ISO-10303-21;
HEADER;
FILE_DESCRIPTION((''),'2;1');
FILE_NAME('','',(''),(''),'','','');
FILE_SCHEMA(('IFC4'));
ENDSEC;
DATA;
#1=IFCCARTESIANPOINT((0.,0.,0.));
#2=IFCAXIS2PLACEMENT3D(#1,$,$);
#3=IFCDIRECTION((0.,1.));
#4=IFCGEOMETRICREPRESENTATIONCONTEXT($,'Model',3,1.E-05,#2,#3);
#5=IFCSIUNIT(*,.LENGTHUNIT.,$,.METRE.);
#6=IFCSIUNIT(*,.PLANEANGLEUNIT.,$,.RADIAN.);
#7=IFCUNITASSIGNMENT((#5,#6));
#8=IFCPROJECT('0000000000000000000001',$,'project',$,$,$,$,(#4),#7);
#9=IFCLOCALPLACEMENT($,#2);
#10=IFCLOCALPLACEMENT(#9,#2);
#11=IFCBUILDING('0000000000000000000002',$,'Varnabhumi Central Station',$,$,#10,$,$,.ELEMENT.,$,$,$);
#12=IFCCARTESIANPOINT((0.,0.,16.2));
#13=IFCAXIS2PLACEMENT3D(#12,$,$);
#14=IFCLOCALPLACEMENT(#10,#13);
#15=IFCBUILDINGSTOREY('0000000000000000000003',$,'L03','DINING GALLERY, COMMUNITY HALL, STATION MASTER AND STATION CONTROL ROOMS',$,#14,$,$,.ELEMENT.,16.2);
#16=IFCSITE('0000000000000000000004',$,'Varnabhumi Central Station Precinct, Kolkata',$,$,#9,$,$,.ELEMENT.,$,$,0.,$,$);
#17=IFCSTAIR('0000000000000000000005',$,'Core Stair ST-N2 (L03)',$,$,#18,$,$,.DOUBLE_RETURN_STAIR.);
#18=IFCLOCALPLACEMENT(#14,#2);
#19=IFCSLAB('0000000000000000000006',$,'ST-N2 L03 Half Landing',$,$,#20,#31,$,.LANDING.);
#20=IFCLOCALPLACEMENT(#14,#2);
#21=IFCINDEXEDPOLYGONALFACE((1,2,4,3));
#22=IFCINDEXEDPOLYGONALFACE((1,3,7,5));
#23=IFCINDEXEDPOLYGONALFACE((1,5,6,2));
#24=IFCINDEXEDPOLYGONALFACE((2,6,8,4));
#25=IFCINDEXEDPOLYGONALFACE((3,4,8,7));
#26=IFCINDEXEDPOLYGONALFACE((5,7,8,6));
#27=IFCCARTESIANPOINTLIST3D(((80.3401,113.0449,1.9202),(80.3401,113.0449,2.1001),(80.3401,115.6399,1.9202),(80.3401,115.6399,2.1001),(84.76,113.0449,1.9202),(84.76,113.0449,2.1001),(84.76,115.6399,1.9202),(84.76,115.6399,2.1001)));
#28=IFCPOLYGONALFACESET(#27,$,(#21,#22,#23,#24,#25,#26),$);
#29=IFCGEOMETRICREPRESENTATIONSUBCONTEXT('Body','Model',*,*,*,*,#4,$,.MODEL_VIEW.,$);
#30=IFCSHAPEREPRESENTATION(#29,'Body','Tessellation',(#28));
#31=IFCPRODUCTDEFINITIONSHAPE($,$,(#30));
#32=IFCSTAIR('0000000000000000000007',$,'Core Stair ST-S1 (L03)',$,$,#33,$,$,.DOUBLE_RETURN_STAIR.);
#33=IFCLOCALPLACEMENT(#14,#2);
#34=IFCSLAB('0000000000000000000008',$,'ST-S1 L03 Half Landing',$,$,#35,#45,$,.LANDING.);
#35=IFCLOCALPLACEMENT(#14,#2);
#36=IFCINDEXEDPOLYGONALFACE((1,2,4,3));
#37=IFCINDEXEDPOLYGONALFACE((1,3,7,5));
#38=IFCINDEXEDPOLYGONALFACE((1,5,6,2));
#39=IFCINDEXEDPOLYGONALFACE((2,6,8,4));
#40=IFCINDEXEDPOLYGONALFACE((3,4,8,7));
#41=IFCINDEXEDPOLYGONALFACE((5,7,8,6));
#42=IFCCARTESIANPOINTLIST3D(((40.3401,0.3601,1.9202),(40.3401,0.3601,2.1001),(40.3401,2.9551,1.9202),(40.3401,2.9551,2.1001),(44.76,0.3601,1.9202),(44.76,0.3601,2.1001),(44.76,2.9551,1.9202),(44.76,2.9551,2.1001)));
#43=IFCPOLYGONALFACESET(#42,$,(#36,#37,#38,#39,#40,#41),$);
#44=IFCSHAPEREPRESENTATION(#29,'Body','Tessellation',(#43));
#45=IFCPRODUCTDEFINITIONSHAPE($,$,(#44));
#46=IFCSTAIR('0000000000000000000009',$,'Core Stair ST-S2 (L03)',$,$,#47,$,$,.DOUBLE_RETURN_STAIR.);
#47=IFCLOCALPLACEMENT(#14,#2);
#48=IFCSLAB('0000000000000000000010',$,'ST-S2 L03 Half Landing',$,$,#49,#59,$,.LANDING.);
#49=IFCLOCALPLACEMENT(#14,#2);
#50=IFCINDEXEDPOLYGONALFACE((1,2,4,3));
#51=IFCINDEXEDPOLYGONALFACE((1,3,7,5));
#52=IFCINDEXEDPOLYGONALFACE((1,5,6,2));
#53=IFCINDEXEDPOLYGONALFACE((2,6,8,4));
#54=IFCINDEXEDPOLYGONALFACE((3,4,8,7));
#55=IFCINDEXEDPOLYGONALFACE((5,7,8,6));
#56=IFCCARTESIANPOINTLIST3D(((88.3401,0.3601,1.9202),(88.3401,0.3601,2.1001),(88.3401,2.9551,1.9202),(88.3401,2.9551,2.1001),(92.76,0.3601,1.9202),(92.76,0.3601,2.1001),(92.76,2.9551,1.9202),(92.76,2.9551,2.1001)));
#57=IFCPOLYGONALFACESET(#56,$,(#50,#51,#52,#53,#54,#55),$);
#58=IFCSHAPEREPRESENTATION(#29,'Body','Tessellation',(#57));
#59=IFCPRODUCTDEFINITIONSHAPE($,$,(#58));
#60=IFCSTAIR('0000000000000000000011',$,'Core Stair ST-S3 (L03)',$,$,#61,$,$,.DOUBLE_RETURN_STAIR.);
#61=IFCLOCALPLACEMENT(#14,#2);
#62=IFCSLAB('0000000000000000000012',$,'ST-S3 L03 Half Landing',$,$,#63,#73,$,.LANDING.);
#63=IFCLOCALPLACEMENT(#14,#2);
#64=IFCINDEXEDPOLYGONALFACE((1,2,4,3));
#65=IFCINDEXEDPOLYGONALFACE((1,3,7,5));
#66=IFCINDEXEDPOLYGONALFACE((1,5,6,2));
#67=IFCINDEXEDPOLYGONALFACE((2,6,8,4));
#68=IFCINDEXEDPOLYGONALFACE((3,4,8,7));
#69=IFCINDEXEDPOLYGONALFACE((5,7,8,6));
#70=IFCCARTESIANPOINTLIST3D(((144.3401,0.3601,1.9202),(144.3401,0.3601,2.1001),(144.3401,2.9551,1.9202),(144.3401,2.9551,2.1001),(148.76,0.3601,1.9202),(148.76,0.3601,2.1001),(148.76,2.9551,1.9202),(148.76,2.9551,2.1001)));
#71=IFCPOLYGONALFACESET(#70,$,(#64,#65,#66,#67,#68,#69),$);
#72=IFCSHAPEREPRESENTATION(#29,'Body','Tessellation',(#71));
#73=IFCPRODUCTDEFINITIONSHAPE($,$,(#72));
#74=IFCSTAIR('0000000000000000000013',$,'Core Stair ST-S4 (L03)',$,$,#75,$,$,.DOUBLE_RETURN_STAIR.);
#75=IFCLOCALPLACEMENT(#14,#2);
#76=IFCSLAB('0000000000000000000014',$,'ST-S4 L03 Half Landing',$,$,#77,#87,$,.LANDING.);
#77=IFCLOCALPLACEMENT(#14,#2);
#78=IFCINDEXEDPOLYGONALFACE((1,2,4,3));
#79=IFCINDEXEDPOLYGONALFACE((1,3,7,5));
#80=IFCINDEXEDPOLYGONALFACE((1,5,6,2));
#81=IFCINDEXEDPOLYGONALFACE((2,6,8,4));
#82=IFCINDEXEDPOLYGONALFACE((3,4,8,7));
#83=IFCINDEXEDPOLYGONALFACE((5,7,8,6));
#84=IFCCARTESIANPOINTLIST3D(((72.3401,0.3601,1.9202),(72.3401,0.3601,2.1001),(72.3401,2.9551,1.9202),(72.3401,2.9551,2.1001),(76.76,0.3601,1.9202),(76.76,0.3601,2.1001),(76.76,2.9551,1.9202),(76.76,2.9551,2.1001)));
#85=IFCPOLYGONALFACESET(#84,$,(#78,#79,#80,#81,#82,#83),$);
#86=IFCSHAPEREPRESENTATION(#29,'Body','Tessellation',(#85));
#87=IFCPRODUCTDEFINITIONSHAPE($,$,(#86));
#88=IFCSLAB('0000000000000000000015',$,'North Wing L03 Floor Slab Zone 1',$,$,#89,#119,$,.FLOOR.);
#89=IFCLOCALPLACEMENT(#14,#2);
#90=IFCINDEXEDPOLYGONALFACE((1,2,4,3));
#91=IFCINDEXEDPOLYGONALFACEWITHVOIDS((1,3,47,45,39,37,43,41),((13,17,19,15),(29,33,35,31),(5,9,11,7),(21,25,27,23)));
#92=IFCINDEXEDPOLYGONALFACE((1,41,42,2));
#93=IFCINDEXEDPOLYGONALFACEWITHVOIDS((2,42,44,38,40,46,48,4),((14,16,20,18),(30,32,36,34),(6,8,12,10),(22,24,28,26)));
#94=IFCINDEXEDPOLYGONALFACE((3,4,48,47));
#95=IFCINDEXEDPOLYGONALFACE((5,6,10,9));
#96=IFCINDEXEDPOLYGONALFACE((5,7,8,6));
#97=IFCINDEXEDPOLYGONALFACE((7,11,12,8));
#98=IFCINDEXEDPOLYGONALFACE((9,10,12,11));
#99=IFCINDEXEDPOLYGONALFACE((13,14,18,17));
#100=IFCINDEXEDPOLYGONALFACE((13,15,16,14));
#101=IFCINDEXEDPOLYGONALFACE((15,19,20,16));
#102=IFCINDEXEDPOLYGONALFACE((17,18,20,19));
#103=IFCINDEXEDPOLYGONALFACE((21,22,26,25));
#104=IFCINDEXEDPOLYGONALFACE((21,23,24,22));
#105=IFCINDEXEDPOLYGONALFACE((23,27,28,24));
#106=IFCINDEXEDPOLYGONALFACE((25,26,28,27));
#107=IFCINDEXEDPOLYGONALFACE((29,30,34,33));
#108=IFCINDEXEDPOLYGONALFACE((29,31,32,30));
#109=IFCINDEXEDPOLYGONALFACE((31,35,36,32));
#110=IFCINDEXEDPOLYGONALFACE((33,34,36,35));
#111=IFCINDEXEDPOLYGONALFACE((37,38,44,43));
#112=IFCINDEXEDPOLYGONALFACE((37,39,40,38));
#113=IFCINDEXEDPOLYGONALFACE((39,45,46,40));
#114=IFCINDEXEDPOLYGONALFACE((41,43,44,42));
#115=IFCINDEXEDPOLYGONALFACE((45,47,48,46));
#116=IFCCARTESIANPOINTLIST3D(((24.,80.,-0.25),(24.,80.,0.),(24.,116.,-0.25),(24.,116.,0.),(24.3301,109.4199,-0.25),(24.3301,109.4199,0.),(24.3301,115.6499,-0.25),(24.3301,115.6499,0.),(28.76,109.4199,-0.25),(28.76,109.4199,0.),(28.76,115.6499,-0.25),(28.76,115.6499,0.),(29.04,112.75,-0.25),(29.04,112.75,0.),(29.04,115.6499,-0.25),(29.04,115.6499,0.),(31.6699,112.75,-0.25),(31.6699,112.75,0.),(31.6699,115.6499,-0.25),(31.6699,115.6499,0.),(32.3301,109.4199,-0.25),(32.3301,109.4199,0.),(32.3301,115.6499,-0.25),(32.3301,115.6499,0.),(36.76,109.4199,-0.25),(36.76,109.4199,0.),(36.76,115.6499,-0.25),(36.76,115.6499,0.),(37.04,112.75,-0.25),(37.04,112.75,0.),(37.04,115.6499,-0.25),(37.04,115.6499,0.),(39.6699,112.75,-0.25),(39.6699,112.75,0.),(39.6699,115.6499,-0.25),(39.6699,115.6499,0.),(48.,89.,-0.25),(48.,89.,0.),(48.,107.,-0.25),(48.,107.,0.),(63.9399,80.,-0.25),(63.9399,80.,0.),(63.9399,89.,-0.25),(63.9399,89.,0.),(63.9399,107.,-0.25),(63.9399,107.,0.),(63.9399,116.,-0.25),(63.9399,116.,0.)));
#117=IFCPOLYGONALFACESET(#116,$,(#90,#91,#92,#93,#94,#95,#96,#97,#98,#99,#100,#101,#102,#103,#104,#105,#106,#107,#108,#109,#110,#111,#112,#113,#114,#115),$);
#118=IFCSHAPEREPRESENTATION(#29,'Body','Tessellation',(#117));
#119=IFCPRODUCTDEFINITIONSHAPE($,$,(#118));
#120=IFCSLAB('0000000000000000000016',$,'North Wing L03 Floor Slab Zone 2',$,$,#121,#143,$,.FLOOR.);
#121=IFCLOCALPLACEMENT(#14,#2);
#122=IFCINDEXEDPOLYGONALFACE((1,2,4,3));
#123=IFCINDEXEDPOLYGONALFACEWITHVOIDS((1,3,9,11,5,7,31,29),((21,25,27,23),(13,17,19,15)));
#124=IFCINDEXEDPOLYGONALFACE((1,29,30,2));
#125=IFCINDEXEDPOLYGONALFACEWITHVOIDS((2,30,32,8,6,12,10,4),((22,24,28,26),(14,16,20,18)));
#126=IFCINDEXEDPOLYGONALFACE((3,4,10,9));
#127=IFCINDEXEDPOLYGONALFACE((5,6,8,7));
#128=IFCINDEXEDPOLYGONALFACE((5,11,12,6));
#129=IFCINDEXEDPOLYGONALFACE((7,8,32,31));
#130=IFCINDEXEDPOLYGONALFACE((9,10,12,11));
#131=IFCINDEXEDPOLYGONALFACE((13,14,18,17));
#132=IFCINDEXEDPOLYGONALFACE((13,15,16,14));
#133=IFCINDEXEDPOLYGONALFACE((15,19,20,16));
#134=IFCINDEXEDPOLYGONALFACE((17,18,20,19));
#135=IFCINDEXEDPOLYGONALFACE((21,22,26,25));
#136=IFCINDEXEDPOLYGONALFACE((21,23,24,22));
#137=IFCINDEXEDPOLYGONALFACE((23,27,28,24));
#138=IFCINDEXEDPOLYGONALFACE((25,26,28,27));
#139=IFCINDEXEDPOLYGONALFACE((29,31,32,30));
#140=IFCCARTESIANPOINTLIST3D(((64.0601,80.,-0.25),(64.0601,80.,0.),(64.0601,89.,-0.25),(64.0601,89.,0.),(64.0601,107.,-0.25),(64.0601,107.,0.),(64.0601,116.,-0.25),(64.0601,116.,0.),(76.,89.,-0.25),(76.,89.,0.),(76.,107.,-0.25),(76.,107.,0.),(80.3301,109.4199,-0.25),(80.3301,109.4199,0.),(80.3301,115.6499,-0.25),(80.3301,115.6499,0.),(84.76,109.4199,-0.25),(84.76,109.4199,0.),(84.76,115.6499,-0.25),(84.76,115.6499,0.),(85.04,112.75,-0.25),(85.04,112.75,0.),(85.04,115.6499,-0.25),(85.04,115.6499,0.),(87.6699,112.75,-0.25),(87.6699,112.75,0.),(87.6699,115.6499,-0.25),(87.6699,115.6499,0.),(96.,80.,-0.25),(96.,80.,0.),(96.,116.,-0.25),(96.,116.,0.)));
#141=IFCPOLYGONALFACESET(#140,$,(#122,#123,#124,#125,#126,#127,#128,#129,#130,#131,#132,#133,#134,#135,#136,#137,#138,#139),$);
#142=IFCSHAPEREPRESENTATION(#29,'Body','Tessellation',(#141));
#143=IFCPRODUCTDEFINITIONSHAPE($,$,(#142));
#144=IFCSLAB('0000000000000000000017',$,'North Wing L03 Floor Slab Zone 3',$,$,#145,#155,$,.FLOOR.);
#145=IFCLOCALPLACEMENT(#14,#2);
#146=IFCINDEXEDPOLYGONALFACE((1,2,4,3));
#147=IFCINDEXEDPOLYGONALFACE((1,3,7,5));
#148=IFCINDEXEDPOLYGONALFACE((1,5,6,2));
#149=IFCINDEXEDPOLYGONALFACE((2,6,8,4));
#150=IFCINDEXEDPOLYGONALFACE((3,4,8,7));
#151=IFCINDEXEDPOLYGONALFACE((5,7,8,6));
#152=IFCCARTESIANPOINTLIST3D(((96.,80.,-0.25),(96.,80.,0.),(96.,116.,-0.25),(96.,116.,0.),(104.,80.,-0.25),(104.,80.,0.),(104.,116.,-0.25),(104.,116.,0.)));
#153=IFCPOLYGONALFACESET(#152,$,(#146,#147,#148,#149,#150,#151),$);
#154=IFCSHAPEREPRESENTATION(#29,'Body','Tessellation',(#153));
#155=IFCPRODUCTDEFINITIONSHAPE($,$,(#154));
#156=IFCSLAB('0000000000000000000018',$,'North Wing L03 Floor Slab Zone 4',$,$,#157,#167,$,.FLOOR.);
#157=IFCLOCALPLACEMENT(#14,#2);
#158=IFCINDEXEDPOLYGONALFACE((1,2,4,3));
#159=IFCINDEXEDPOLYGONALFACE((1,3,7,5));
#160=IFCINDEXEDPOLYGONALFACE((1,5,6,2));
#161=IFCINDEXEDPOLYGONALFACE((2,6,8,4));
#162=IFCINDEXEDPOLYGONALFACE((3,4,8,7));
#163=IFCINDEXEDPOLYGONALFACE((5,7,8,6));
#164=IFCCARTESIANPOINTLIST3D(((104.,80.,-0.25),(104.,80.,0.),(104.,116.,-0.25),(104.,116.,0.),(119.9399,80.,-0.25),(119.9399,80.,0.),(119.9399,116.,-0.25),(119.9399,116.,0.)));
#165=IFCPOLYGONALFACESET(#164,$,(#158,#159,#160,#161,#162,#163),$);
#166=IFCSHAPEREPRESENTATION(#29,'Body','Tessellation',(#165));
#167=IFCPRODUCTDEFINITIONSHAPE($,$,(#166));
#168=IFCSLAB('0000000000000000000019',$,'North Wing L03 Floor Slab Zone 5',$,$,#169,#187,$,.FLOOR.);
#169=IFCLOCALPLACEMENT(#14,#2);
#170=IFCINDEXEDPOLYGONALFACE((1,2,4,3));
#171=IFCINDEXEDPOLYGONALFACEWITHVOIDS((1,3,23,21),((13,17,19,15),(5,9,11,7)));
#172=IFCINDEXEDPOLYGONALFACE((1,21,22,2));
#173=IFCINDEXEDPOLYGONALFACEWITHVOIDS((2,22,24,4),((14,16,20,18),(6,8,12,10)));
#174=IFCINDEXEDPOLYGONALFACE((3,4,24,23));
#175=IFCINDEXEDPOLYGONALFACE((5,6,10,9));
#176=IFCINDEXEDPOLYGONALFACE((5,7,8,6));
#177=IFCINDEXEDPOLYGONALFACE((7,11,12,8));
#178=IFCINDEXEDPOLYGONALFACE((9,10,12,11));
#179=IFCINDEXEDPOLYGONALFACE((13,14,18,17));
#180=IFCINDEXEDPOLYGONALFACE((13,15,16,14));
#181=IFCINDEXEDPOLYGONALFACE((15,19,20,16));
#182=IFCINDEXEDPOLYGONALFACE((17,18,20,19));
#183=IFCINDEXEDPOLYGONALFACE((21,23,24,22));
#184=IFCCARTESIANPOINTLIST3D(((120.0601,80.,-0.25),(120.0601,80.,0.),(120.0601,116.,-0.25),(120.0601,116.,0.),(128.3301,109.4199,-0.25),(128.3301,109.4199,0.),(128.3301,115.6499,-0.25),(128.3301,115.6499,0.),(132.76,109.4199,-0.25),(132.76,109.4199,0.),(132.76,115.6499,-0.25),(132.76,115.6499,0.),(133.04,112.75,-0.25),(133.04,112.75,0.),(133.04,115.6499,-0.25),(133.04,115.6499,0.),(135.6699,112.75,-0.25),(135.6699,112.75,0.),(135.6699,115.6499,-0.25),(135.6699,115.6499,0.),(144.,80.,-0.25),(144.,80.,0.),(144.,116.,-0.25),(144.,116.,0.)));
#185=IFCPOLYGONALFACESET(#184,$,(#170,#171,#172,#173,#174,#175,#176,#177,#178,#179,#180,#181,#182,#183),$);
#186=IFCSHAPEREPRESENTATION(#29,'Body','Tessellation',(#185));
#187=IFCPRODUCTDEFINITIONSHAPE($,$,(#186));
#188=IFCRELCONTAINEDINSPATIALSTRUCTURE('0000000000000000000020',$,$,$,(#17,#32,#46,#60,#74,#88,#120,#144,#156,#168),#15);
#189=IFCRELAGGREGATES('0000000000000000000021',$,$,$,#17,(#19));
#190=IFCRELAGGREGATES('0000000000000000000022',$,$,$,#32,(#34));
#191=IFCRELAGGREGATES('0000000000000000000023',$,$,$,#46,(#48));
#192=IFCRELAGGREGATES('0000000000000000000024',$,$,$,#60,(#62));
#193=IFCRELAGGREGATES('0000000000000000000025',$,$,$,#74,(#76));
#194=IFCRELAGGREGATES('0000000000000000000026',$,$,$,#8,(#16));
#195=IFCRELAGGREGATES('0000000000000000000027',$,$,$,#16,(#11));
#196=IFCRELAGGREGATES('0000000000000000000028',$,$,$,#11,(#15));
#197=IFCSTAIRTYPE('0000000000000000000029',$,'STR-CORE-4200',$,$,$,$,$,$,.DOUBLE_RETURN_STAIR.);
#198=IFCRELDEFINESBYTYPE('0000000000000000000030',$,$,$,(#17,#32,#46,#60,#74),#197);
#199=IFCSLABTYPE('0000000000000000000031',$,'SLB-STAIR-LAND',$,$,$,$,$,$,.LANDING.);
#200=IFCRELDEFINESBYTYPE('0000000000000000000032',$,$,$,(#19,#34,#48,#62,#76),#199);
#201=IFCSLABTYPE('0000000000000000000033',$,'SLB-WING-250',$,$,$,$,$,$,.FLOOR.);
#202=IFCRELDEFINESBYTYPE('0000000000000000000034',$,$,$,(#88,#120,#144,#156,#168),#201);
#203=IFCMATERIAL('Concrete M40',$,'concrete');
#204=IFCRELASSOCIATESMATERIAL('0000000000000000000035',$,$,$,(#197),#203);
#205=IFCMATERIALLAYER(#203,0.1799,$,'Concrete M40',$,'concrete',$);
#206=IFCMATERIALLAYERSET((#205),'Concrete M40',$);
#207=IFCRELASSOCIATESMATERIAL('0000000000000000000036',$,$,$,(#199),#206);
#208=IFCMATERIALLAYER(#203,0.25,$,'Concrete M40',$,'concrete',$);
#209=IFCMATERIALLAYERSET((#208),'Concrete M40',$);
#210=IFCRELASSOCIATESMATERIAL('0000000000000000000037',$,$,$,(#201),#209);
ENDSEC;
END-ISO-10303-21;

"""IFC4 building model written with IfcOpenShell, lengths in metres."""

from ifc_helpers import new_model, si_unit, direction, frame, origin, place, context, subcontext, project, spatial, polyline, outline, extrude, material, layer, layer_set, type_object, element, aggregate, save


model = new_model("IFC4")

# Units and contexts
model_context = context("Model", 3, precision=1e-05, world=origin(), true_north=direction((0.0, 1.0)))
body_context = subcontext(model_context, "Body", "Model", "MODEL_VIEW")
ifc_project = project(units=[si_unit("LENGTHUNIT", "METRE"), si_unit("PLANEANGLEUNIT", "RADIAN")], contexts=[model_context])

# Site, building, storey
site_placement = place(None, origin())
site = spatial("IfcSite", under=ifc_project, at=site_placement, Name="Varnabhumi Central Station Precinct, Kolkata", CompositionType="ELEMENT", RefElevation=0.0)
building_placement = place(site_placement, origin())
building = spatial("IfcBuilding", under=site, at=building_placement, Name="Varnabhumi Central Station", CompositionType="ELEMENT")
storey_placement = place(building_placement, frame((0.0, 0.0, 16.2)))
storey = spatial("IfcBuildingStorey", under=building, at=storey_placement, Name="L03", Description="DINING GALLERY, COMMUNITY HALL, STATION MASTER AND STATION CONTROL ROOMS", CompositionType="ELEMENT", Elevation=16.2)

# Stairs, slabs
ifc_material_1 = material(Name="Concrete M40", Category="concrete")
stair_type = type_object("IfcStairType", Name="STR-CORE-4200", PredefinedType="DOUBLE_RETURN_STAIR", material=ifc_material_1)
stair_1_placement = place(storey_placement, origin())
stair_1 = element("IfcStair", 1, at=stair_1_placement, inside=storey, type_object=stair_type, Name="Core Stair ST-N2 (L03)", PredefinedType="DOUBLE_RETURN_STAIR")
ifc_layer_1 = layer(ifc_material_1, 0.1799, Name="Concrete M40", Category="concrete")
ifc_layer_set_1 = layer_set([ifc_layer_1], Name="Concrete M40")
slab_type_1 = type_object("IfcSlabType", Name="SLB-STAIR-LAND", PredefinedType="LANDING", material=ifc_layer_set_1)
slab_1_placement = place(storey_placement, frame((0.0, 0.0, 1.9202)))
slab_1 = element("IfcSlab", 2, at=slab_1_placement, type_object=slab_type_1, Name="ST-N2 L03 Half Landing", PredefinedType="LANDING", context=body_context, shape_type="SweptSolid", body=[
    extrude(outline(polyline([(80.3401, 113.0449), (84.76, 113.0449), (84.76, 115.6399), (80.3401, 115.6399), (80.3401, 113.0449)])), origin(), (0.0, 0.0, 1.0), 0.1799),
])
aggregate(stair_1, [slab_1])
stair_2_placement = place(storey_placement, origin())
stair_2 = element("IfcStair", 3, at=stair_2_placement, inside=storey, type_object=stair_type, Name="Core Stair ST-S1 (L03)", PredefinedType="DOUBLE_RETURN_STAIR")
slab_2_placement = place(storey_placement, frame((0.0, 0.0, 1.9202)))
slab_2 = element("IfcSlab", 4, at=slab_2_placement, type_object=slab_type_1, Name="ST-S1 L03 Half Landing", PredefinedType="LANDING", context=body_context, shape_type="SweptSolid", body=[
    extrude(outline(polyline([(40.3401, 0.3601), (44.76, 0.3601), (44.76, 2.9551), (40.3401, 2.9551), (40.3401, 0.3601)])), origin(), (0.0, 0.0, 1.0), 0.1799),
])
aggregate(stair_2, [slab_2])
stair_3_placement = place(storey_placement, origin())
stair_3 = element("IfcStair", 5, at=stair_3_placement, inside=storey, type_object=stair_type, Name="Core Stair ST-S2 (L03)", PredefinedType="DOUBLE_RETURN_STAIR")
slab_3_placement = place(storey_placement, frame((0.0, 0.0, 1.9202)))
slab_3 = element("IfcSlab", 6, at=slab_3_placement, type_object=slab_type_1, Name="ST-S2 L03 Half Landing", PredefinedType="LANDING", context=body_context, shape_type="SweptSolid", body=[
    extrude(outline(polyline([(88.3401, 0.3601), (92.76, 0.3601), (92.76, 2.9551), (88.3401, 2.9551), (88.3401, 0.3601)])), origin(), (0.0, 0.0, 1.0), 0.1799),
])
aggregate(stair_3, [slab_3])
stair_4_placement = place(storey_placement, origin())
stair_4 = element("IfcStair", 7, at=stair_4_placement, inside=storey, type_object=stair_type, Name="Core Stair ST-S3 (L03)", PredefinedType="DOUBLE_RETURN_STAIR")
slab_4_placement = place(storey_placement, frame((0.0, 0.0, 1.9202)))
slab_4 = element("IfcSlab", 8, at=slab_4_placement, type_object=slab_type_1, Name="ST-S3 L03 Half Landing", PredefinedType="LANDING", context=body_context, shape_type="SweptSolid", body=[
    extrude(outline(polyline([(144.3401, 0.3601), (148.76, 0.3601), (148.76, 2.9551), (144.3401, 2.9551), (144.3401, 0.3601)])), origin(), (0.0, 0.0, 1.0), 0.1799),
])
aggregate(stair_4, [slab_4])
stair_5_placement = place(storey_placement, origin())
stair_5 = element("IfcStair", 9, at=stair_5_placement, inside=storey, type_object=stair_type, Name="Core Stair ST-S4 (L03)", PredefinedType="DOUBLE_RETURN_STAIR")
slab_5_placement = place(storey_placement, frame((0.0, 0.0, 1.9202)))
slab_5 = element("IfcSlab", 10, at=slab_5_placement, type_object=slab_type_1, Name="ST-S4 L03 Half Landing", PredefinedType="LANDING", context=body_context, shape_type="SweptSolid", body=[
    extrude(outline(polyline([(72.3401, 0.3601), (76.76, 0.3601), (76.76, 2.9551), (72.3401, 2.9551), (72.3401, 0.3601)])), origin(), (0.0, 0.0, 1.0), 0.1799),
])
aggregate(stair_5, [slab_5])

# Slabs
ifc_layer_2 = layer(ifc_material_1, 0.25, Name="Concrete M40", Category="concrete")
ifc_layer_set_2 = layer_set([ifc_layer_2], Name="Concrete M40")
slab_type_2 = type_object("IfcSlabType", Name="SLB-WING-250", PredefinedType="FLOOR", material=ifc_layer_set_2)
slab_6_placement = place(storey_placement, frame((0.0, 0.0, -0.25)))
element("IfcSlab", 11, at=slab_6_placement, inside=storey, type_object=slab_type_2, Name="North Wing L03 Floor Slab Zone 1", PredefinedType="FLOOR", context=body_context, shape_type="SweptSolid", body=[
    extrude(outline(polyline([(24.0, 80.0), (63.9399, 80.0), (63.9399, 89.0), (48.0, 89.0), (48.0, 107.0), (63.9399, 107.0), (63.9399, 116.0), (24.0, 116.0), (24.0, 80.0)]), holes=[polyline([(24.3301, 109.4199), (28.76, 109.4199), (28.76, 115.6499), (24.3301, 115.6499), (24.3301, 109.4199)]), polyline([(29.04, 112.75), (31.6699, 112.75), (31.6699, 115.6499), (29.04, 115.6499), (29.04, 112.75)]), polyline([(32.3301, 109.4199), (36.76, 109.4199), (36.76, 115.6499), (32.3301, 115.6499), (32.3301, 109.4199)]), polyline([(37.04, 112.75), (39.6699, 112.75), (39.6699, 115.6499), (37.04, 115.6499), (37.04, 112.75)])]), origin(), (0.0, 0.0, 1.0), 0.25),
])
slab_7_placement = place(storey_placement, frame((0.0, 0.0, -0.25)))
element("IfcSlab", 12, at=slab_7_placement, inside=storey, type_object=slab_type_2, Name="North Wing L03 Floor Slab Zone 2", PredefinedType="FLOOR", context=body_context, shape_type="SweptSolid", body=[
    extrude(outline(polyline([(64.0601, 80.0), (96.0, 80.0), (96.0, 116.0), (64.0601, 116.0), (64.0601, 107.0), (76.0, 107.0), (76.0, 89.0), (64.0601, 89.0), (64.0601, 80.0)]), holes=[polyline([(80.3301, 109.4199), (84.76, 109.4199), (84.76, 115.6499), (80.3301, 115.6499), (80.3301, 109.4199)]), polyline([(85.04, 112.75), (87.6699, 112.75), (87.6699, 115.6499), (85.04, 115.6499), (85.04, 112.75)])]), origin(), (0.0, 0.0, 1.0), 0.25),
])
slab_8_placement = place(storey_placement, frame((0.0, 0.0, -0.25)))
element("IfcSlab", 13, at=slab_8_placement, inside=storey, type_object=slab_type_2, Name="North Wing L03 Floor Slab Zone 3", PredefinedType="FLOOR", context=body_context, shape_type="SweptSolid", body=[
    extrude(outline(polyline([(96.0, 80.0), (104.0, 80.0), (104.0, 116.0), (96.0, 116.0), (96.0, 80.0)])), origin(), (0.0, 0.0, 1.0), 0.25),
])
slab_9_placement = place(storey_placement, frame((0.0, 0.0, -0.25)))
element("IfcSlab", 14, at=slab_9_placement, inside=storey, type_object=slab_type_2, Name="North Wing L03 Floor Slab Zone 4", PredefinedType="FLOOR", context=body_context, shape_type="SweptSolid", body=[
    extrude(outline(polyline([(104.0, 80.0), (119.9399, 80.0), (119.9399, 116.0), (104.0, 116.0), (104.0, 80.0)])), origin(), (0.0, 0.0, 1.0), 0.25),
])
slab_10_placement = place(storey_placement, frame((0.0, 0.0, -0.25)))
element("IfcSlab", 15, at=slab_10_placement, inside=storey, type_object=slab_type_2, Name="North Wing L03 Floor Slab Zone 5", PredefinedType="FLOOR", context=body_context, shape_type="SweptSolid", body=[
    extrude(outline(polyline([(120.0601, 80.0), (144.0, 80.0), (144.0, 116.0), (120.0601, 116.0), (120.0601, 80.0)]), holes=[polyline([(128.3301, 109.4199), (132.76, 109.4199), (132.76, 115.6499), (128.3301, 115.6499), (128.3301, 109.4199)]), polyline([(133.04, 112.75), (135.6699, 112.75), (135.6699, 115.6499), (133.04, 115.6499), (133.04, 112.75)])]), origin(), (0.0, 0.0, 1.0), 0.25),
])

save(model, "model.ifc")
